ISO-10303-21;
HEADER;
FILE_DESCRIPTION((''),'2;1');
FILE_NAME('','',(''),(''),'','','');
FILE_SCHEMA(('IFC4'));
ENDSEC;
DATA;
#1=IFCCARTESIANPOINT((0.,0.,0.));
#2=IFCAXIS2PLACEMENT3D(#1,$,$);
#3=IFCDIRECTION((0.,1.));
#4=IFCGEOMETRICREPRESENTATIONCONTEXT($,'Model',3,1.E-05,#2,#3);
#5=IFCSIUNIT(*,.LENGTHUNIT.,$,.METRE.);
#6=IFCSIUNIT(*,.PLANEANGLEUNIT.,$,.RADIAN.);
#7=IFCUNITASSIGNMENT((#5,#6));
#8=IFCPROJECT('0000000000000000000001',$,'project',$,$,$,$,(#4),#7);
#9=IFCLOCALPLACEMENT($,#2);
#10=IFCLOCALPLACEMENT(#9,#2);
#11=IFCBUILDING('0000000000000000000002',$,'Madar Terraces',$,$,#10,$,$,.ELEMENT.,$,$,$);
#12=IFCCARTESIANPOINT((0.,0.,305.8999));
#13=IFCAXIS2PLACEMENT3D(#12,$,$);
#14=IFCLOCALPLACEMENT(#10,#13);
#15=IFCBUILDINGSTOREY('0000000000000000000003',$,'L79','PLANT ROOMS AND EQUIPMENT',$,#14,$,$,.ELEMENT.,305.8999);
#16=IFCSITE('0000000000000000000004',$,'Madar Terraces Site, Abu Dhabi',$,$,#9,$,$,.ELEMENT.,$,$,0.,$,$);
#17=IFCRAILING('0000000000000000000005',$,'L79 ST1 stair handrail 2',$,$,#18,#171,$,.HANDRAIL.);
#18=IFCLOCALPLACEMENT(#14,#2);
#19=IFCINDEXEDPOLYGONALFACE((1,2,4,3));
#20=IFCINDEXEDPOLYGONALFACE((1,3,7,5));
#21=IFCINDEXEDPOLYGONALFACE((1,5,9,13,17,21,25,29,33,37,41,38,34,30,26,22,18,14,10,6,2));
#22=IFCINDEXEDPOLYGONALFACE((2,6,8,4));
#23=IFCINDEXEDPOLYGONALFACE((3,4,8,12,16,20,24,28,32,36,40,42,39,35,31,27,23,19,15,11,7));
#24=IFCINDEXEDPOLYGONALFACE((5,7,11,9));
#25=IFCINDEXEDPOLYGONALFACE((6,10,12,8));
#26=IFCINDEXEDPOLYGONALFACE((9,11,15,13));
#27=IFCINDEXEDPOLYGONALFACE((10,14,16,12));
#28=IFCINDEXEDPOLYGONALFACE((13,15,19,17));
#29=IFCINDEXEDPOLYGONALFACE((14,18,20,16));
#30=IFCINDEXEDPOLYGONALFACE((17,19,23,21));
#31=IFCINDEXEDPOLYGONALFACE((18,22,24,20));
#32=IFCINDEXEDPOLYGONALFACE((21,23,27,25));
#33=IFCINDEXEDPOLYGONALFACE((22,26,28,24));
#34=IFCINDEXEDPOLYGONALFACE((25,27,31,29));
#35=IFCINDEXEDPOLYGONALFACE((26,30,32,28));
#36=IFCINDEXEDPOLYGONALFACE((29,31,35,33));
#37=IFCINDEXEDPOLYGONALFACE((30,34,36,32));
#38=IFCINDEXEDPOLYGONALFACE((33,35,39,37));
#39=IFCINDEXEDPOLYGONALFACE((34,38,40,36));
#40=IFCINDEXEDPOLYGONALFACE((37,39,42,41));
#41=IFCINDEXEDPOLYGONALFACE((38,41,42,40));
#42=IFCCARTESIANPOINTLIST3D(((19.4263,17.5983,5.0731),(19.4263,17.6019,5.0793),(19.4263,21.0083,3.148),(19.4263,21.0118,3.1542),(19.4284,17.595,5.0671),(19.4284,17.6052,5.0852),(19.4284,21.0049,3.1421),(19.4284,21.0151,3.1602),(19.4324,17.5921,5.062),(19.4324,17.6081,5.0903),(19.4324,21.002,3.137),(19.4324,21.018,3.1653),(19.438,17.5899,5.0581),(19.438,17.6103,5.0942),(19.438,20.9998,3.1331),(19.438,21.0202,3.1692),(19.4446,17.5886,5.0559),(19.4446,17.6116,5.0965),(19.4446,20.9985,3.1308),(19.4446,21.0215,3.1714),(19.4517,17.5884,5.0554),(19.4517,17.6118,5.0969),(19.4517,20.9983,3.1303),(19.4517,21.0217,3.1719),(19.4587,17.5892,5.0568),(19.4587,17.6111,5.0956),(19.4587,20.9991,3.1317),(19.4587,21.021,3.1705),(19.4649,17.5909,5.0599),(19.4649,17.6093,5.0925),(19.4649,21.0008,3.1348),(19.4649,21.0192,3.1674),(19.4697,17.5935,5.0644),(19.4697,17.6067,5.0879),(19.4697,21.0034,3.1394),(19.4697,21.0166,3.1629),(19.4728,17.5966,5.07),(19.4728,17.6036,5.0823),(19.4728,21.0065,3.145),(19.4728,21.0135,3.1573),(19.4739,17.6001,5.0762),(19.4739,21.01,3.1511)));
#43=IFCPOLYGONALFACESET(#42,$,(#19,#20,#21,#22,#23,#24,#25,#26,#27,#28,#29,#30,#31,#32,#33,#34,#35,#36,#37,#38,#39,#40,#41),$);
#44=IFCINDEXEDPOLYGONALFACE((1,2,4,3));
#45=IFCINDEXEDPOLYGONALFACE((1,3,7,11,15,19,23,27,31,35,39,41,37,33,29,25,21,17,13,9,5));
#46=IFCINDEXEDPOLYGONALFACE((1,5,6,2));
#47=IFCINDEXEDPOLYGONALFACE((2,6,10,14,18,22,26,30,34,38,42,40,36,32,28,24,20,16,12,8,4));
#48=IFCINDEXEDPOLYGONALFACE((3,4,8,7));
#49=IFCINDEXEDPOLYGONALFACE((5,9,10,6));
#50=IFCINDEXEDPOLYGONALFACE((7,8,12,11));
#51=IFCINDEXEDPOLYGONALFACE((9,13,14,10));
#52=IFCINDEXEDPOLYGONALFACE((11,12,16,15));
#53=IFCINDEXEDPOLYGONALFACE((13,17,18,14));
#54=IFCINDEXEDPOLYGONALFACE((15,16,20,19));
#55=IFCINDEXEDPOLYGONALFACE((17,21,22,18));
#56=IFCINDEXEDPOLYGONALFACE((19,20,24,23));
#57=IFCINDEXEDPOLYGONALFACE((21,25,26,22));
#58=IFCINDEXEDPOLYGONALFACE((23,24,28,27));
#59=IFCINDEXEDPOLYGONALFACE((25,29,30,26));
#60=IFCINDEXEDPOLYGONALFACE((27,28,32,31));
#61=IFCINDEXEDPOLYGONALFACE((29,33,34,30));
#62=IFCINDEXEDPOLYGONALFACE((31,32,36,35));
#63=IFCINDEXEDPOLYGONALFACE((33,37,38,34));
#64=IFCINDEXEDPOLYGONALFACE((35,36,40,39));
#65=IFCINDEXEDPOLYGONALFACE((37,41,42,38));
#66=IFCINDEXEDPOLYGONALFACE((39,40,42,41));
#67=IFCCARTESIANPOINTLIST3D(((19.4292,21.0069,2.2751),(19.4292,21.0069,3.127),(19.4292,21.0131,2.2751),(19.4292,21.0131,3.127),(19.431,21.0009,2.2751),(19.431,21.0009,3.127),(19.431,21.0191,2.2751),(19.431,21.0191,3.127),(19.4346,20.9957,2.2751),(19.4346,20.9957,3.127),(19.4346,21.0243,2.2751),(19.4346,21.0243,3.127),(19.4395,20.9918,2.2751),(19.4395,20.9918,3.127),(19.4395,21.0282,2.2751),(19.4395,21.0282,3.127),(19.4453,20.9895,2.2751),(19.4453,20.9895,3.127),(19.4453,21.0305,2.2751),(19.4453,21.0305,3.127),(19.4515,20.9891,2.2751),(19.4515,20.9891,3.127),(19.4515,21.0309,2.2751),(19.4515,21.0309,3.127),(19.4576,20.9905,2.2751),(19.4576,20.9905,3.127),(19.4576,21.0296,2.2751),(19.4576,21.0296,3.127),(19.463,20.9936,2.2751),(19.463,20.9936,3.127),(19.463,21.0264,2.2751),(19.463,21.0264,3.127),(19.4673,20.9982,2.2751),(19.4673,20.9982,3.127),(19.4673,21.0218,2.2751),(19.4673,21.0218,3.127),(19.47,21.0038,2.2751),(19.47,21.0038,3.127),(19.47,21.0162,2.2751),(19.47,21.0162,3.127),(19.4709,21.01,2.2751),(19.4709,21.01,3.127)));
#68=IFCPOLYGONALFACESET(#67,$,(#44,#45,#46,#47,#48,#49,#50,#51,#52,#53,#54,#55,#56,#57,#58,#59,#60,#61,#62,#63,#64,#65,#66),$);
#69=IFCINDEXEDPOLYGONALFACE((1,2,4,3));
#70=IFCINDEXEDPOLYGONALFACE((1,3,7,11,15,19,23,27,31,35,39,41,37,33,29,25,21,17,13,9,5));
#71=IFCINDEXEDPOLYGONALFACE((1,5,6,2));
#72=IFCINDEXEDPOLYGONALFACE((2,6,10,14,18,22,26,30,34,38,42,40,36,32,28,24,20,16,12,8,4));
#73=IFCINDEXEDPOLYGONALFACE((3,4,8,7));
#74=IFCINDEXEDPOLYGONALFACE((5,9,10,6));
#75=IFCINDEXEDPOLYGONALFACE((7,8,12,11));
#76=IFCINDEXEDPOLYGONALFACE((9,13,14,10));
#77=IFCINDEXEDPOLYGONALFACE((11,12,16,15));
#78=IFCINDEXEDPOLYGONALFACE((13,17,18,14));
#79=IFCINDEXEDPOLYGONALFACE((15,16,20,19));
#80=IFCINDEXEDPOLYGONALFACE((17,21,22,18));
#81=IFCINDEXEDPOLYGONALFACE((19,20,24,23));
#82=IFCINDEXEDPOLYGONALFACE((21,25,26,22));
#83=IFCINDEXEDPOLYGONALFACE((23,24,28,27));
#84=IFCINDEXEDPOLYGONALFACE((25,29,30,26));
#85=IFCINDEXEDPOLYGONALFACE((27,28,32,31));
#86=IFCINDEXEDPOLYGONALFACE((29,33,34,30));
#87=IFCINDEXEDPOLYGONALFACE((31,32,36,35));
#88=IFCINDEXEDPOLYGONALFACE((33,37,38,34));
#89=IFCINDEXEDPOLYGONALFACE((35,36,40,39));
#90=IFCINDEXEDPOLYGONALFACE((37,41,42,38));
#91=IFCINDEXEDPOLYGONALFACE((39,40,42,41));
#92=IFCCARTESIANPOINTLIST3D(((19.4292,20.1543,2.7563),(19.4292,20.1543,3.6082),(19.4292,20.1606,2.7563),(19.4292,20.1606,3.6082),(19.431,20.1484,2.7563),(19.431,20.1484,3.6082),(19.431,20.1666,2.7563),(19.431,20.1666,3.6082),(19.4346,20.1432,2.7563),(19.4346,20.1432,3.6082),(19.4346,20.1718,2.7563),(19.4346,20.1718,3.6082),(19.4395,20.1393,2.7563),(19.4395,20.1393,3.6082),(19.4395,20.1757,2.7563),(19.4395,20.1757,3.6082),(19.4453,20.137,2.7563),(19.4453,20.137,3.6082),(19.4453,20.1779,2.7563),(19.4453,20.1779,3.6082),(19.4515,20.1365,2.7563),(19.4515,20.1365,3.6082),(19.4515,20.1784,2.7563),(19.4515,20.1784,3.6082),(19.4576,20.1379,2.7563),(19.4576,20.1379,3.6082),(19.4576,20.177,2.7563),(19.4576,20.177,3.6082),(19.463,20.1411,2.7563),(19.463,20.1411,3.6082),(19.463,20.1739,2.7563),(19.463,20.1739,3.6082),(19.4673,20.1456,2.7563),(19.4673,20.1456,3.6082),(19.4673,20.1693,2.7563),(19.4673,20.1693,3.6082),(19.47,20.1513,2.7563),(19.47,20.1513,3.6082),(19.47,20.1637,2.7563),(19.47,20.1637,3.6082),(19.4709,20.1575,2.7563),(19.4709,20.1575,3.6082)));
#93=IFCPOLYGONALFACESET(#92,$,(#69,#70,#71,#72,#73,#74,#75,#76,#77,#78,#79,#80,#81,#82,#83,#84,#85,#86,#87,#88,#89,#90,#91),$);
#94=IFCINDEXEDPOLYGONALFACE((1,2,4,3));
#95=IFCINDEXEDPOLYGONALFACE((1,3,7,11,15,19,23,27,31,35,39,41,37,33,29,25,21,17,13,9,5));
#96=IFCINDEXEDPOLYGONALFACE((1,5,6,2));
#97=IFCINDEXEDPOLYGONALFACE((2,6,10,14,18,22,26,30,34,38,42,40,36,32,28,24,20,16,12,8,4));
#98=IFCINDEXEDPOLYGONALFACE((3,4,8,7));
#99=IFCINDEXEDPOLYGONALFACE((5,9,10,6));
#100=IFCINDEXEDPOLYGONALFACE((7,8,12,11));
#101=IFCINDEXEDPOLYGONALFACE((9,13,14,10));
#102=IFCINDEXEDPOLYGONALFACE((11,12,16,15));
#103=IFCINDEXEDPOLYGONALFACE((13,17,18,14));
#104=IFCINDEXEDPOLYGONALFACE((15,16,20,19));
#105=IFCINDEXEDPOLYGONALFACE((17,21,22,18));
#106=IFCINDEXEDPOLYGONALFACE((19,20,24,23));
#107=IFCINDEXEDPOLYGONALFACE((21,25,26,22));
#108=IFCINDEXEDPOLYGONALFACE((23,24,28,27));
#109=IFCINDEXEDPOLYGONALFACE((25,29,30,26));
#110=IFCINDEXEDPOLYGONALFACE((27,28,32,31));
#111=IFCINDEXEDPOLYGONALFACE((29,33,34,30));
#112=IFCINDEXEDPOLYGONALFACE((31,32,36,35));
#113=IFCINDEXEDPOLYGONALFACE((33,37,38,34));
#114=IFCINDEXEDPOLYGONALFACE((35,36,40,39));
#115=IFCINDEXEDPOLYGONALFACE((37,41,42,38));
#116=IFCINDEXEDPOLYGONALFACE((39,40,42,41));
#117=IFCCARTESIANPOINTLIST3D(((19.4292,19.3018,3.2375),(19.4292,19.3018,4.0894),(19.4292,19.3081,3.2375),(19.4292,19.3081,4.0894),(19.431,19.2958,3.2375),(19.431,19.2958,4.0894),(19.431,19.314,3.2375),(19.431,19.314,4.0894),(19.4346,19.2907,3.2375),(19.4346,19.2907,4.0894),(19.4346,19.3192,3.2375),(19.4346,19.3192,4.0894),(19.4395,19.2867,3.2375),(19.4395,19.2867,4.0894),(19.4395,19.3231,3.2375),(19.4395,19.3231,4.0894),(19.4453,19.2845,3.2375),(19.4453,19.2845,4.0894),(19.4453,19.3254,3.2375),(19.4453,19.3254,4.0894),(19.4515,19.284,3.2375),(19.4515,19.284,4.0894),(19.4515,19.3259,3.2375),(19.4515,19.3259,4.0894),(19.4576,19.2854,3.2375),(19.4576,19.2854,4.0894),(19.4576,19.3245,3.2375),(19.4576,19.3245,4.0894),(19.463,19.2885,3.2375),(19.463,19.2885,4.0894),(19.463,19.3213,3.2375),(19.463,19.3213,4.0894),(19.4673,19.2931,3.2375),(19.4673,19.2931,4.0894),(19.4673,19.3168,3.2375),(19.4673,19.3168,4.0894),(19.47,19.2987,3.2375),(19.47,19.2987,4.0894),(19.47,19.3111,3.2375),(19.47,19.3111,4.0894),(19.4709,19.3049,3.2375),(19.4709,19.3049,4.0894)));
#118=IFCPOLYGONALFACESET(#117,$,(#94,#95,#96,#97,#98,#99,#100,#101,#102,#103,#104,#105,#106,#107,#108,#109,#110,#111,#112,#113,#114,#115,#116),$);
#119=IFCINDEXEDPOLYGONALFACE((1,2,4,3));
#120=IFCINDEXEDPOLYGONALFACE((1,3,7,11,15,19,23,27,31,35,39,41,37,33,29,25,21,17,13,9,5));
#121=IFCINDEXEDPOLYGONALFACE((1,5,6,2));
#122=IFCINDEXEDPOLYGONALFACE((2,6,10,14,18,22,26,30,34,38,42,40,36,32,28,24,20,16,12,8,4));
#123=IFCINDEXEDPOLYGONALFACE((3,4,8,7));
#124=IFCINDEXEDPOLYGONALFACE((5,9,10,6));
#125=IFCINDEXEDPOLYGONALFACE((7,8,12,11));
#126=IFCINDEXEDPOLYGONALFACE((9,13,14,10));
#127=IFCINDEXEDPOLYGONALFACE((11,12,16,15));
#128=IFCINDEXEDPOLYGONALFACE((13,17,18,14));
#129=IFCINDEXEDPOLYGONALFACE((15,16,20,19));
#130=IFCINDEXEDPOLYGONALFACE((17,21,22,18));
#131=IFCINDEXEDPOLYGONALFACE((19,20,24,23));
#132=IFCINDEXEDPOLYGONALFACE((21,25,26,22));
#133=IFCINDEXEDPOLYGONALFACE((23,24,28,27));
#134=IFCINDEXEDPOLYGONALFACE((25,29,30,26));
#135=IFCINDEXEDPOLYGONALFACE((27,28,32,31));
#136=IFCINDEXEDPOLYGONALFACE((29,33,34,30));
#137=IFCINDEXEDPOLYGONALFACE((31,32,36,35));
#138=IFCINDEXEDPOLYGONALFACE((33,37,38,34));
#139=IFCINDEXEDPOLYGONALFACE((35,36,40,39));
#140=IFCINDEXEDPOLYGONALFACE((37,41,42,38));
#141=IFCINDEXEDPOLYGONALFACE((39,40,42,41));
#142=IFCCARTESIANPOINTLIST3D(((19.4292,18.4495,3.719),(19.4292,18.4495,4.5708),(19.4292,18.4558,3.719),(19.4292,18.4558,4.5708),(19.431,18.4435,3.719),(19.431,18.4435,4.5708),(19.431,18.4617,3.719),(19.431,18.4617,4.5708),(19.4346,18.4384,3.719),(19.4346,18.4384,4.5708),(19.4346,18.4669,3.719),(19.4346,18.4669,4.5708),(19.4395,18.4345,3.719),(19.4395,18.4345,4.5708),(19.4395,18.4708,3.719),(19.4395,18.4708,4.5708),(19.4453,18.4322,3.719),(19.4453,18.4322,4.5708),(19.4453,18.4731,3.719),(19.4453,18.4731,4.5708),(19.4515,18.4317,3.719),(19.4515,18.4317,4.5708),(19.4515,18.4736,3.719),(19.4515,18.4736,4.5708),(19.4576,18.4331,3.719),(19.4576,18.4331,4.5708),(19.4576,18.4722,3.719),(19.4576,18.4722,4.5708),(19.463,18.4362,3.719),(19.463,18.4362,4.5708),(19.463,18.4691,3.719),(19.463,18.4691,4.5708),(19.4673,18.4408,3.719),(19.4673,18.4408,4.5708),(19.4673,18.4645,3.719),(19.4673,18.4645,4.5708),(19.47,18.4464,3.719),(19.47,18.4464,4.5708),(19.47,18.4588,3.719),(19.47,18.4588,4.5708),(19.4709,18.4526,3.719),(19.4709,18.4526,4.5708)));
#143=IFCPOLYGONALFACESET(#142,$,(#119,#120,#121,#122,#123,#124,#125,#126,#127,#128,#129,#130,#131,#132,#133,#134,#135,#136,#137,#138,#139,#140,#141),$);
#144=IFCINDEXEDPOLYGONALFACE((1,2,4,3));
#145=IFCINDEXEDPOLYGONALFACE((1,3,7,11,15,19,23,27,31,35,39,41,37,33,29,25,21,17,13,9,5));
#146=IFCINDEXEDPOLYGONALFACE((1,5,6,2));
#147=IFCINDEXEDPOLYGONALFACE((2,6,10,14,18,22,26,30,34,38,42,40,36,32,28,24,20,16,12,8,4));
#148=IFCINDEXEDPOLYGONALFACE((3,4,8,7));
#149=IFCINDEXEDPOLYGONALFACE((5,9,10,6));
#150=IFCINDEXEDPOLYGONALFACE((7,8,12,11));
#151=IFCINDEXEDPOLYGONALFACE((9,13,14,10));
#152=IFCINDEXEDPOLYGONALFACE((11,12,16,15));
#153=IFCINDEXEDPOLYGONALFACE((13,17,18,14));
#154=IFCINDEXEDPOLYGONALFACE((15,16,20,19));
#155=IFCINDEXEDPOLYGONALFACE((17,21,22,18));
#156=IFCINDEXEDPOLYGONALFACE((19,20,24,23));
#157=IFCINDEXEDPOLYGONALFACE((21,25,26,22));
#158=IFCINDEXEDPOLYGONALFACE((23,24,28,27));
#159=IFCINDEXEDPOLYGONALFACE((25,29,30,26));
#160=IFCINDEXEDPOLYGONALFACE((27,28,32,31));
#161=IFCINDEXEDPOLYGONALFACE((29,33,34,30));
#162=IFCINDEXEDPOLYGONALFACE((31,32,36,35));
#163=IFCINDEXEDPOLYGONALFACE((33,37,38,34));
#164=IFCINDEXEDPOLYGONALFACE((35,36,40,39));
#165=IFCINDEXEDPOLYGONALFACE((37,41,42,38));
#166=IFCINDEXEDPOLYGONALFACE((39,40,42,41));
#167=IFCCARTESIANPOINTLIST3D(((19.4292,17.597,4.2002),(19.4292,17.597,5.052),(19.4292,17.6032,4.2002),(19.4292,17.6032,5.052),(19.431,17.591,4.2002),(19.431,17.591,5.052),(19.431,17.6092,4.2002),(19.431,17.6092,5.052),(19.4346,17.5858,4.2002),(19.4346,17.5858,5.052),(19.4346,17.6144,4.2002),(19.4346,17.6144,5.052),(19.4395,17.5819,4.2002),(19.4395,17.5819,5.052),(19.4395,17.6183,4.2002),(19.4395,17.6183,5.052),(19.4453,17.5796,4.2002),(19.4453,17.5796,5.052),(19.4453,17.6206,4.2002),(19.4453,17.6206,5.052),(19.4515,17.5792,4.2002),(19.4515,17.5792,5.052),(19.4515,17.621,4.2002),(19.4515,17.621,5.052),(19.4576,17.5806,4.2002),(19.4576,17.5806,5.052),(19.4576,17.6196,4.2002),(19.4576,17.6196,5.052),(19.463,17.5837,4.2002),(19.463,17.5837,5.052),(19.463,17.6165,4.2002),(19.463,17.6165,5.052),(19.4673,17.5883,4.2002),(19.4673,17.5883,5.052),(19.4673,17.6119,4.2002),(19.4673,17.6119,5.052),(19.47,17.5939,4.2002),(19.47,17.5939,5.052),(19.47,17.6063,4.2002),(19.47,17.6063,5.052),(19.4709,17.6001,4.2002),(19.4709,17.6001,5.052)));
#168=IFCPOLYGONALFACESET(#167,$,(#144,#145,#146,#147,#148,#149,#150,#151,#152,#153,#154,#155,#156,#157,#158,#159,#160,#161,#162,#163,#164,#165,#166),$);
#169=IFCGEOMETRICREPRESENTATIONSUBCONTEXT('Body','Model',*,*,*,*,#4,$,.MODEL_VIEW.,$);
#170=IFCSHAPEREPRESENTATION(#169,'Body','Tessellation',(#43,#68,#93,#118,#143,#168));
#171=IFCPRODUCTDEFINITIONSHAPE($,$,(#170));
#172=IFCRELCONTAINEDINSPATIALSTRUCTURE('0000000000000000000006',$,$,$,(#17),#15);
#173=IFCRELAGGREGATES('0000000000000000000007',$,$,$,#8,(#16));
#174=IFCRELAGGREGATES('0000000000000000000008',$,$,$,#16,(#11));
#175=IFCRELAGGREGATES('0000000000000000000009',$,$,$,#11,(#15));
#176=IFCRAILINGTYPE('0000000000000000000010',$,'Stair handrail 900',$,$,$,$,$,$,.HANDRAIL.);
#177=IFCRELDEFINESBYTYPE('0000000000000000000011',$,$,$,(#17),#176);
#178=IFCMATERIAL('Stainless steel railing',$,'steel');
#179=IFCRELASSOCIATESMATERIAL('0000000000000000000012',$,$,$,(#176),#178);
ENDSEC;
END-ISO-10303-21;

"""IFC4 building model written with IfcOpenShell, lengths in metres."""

from ifc_helpers import new_model, si_unit, direction, frame, origin, origin_2d, place, context, subcontext, project, spatial, circle, extrude, material, type_object, element, save


model = new_model("IFC4")

# Units and contexts
model_context = context("Model", 3, precision=1e-05, world=origin(), true_north=direction((0.0, 1.0)))
body_context = subcontext(model_context, "Body", "Model", "MODEL_VIEW")
ifc_project = project(units=[si_unit("LENGTHUNIT", "METRE"), si_unit("PLANEANGLEUNIT", "RADIAN")], contexts=[model_context])

# Site, building, storey
site_placement = place(None, origin())
site = spatial("IfcSite", under=ifc_project, at=site_placement, Name="Madar Terraces Site, Abu Dhabi", CompositionType="ELEMENT", RefElevation=0.0)
building_placement = place(site_placement, origin())
building = spatial("IfcBuilding", under=site, at=building_placement, Name="Madar Terraces", CompositionType="ELEMENT")
storey_placement = place(building_placement, frame((0.0, 0.0, 305.8999)))
storey = spatial("IfcBuildingStorey", under=building, at=storey_placement, Name="L79", Description="PLANT ROOMS AND EQUIPMENT", CompositionType="ELEMENT", Elevation=305.8999)

# Railing
ifc_material_1 = material(Name="Stainless steel railing", Category="steel")
railing_type_1 = type_object("IfcRailingType", Name="Stair handrail 900", PredefinedType="HANDRAIL", material=ifc_material_1)
railing_1_placement = place(storey_placement, frame((19.45, 21.01, 2.2751)))
element("IfcRailing", 1, at=railing_1_placement, inside=storey, type_object=railing_type_1, Name="L79 ST1 stair handrail 2", PredefinedType="HANDRAIL", context=body_context, shape_type="SweptSolid", body=[
    extrude(circle(Radius=0.0239, at=origin_2d()), frame((0.0, 0.0, 0.876), z_axis=(0.0, -0.870814, 0.491613), x_axis=(1.0, 0.0, 0.0)), (0.0, 0.0, 1.0), 3.9158),
    extrude(circle(Radius=0.021, at=origin_2d()), origin(), (0.0, 0.0, 1.0), 0.8518),
    extrude(circle(Radius=0.021, at=origin_2d()), frame((0.0, -0.8525, 0.4812)), (0.0, 0.0, 1.0), 0.8518),
    extrude(circle(Radius=0.021, at=origin_2d()), frame((0.0, -1.7051, 0.9624)), (0.0, 0.0, 1.0), 0.8518),
    extrude(circle(Radius=0.021, at=origin_2d()), frame((0.0, -2.5574, 1.4438)), (0.0, 0.0, 1.0), 0.8518),
    extrude(circle(Radius=0.021, at=origin_2d()), frame((0.0, -3.4099, 1.925)), (0.0, 0.0, 1.0), 0.8518),
])

save(model, "model.ifc")
